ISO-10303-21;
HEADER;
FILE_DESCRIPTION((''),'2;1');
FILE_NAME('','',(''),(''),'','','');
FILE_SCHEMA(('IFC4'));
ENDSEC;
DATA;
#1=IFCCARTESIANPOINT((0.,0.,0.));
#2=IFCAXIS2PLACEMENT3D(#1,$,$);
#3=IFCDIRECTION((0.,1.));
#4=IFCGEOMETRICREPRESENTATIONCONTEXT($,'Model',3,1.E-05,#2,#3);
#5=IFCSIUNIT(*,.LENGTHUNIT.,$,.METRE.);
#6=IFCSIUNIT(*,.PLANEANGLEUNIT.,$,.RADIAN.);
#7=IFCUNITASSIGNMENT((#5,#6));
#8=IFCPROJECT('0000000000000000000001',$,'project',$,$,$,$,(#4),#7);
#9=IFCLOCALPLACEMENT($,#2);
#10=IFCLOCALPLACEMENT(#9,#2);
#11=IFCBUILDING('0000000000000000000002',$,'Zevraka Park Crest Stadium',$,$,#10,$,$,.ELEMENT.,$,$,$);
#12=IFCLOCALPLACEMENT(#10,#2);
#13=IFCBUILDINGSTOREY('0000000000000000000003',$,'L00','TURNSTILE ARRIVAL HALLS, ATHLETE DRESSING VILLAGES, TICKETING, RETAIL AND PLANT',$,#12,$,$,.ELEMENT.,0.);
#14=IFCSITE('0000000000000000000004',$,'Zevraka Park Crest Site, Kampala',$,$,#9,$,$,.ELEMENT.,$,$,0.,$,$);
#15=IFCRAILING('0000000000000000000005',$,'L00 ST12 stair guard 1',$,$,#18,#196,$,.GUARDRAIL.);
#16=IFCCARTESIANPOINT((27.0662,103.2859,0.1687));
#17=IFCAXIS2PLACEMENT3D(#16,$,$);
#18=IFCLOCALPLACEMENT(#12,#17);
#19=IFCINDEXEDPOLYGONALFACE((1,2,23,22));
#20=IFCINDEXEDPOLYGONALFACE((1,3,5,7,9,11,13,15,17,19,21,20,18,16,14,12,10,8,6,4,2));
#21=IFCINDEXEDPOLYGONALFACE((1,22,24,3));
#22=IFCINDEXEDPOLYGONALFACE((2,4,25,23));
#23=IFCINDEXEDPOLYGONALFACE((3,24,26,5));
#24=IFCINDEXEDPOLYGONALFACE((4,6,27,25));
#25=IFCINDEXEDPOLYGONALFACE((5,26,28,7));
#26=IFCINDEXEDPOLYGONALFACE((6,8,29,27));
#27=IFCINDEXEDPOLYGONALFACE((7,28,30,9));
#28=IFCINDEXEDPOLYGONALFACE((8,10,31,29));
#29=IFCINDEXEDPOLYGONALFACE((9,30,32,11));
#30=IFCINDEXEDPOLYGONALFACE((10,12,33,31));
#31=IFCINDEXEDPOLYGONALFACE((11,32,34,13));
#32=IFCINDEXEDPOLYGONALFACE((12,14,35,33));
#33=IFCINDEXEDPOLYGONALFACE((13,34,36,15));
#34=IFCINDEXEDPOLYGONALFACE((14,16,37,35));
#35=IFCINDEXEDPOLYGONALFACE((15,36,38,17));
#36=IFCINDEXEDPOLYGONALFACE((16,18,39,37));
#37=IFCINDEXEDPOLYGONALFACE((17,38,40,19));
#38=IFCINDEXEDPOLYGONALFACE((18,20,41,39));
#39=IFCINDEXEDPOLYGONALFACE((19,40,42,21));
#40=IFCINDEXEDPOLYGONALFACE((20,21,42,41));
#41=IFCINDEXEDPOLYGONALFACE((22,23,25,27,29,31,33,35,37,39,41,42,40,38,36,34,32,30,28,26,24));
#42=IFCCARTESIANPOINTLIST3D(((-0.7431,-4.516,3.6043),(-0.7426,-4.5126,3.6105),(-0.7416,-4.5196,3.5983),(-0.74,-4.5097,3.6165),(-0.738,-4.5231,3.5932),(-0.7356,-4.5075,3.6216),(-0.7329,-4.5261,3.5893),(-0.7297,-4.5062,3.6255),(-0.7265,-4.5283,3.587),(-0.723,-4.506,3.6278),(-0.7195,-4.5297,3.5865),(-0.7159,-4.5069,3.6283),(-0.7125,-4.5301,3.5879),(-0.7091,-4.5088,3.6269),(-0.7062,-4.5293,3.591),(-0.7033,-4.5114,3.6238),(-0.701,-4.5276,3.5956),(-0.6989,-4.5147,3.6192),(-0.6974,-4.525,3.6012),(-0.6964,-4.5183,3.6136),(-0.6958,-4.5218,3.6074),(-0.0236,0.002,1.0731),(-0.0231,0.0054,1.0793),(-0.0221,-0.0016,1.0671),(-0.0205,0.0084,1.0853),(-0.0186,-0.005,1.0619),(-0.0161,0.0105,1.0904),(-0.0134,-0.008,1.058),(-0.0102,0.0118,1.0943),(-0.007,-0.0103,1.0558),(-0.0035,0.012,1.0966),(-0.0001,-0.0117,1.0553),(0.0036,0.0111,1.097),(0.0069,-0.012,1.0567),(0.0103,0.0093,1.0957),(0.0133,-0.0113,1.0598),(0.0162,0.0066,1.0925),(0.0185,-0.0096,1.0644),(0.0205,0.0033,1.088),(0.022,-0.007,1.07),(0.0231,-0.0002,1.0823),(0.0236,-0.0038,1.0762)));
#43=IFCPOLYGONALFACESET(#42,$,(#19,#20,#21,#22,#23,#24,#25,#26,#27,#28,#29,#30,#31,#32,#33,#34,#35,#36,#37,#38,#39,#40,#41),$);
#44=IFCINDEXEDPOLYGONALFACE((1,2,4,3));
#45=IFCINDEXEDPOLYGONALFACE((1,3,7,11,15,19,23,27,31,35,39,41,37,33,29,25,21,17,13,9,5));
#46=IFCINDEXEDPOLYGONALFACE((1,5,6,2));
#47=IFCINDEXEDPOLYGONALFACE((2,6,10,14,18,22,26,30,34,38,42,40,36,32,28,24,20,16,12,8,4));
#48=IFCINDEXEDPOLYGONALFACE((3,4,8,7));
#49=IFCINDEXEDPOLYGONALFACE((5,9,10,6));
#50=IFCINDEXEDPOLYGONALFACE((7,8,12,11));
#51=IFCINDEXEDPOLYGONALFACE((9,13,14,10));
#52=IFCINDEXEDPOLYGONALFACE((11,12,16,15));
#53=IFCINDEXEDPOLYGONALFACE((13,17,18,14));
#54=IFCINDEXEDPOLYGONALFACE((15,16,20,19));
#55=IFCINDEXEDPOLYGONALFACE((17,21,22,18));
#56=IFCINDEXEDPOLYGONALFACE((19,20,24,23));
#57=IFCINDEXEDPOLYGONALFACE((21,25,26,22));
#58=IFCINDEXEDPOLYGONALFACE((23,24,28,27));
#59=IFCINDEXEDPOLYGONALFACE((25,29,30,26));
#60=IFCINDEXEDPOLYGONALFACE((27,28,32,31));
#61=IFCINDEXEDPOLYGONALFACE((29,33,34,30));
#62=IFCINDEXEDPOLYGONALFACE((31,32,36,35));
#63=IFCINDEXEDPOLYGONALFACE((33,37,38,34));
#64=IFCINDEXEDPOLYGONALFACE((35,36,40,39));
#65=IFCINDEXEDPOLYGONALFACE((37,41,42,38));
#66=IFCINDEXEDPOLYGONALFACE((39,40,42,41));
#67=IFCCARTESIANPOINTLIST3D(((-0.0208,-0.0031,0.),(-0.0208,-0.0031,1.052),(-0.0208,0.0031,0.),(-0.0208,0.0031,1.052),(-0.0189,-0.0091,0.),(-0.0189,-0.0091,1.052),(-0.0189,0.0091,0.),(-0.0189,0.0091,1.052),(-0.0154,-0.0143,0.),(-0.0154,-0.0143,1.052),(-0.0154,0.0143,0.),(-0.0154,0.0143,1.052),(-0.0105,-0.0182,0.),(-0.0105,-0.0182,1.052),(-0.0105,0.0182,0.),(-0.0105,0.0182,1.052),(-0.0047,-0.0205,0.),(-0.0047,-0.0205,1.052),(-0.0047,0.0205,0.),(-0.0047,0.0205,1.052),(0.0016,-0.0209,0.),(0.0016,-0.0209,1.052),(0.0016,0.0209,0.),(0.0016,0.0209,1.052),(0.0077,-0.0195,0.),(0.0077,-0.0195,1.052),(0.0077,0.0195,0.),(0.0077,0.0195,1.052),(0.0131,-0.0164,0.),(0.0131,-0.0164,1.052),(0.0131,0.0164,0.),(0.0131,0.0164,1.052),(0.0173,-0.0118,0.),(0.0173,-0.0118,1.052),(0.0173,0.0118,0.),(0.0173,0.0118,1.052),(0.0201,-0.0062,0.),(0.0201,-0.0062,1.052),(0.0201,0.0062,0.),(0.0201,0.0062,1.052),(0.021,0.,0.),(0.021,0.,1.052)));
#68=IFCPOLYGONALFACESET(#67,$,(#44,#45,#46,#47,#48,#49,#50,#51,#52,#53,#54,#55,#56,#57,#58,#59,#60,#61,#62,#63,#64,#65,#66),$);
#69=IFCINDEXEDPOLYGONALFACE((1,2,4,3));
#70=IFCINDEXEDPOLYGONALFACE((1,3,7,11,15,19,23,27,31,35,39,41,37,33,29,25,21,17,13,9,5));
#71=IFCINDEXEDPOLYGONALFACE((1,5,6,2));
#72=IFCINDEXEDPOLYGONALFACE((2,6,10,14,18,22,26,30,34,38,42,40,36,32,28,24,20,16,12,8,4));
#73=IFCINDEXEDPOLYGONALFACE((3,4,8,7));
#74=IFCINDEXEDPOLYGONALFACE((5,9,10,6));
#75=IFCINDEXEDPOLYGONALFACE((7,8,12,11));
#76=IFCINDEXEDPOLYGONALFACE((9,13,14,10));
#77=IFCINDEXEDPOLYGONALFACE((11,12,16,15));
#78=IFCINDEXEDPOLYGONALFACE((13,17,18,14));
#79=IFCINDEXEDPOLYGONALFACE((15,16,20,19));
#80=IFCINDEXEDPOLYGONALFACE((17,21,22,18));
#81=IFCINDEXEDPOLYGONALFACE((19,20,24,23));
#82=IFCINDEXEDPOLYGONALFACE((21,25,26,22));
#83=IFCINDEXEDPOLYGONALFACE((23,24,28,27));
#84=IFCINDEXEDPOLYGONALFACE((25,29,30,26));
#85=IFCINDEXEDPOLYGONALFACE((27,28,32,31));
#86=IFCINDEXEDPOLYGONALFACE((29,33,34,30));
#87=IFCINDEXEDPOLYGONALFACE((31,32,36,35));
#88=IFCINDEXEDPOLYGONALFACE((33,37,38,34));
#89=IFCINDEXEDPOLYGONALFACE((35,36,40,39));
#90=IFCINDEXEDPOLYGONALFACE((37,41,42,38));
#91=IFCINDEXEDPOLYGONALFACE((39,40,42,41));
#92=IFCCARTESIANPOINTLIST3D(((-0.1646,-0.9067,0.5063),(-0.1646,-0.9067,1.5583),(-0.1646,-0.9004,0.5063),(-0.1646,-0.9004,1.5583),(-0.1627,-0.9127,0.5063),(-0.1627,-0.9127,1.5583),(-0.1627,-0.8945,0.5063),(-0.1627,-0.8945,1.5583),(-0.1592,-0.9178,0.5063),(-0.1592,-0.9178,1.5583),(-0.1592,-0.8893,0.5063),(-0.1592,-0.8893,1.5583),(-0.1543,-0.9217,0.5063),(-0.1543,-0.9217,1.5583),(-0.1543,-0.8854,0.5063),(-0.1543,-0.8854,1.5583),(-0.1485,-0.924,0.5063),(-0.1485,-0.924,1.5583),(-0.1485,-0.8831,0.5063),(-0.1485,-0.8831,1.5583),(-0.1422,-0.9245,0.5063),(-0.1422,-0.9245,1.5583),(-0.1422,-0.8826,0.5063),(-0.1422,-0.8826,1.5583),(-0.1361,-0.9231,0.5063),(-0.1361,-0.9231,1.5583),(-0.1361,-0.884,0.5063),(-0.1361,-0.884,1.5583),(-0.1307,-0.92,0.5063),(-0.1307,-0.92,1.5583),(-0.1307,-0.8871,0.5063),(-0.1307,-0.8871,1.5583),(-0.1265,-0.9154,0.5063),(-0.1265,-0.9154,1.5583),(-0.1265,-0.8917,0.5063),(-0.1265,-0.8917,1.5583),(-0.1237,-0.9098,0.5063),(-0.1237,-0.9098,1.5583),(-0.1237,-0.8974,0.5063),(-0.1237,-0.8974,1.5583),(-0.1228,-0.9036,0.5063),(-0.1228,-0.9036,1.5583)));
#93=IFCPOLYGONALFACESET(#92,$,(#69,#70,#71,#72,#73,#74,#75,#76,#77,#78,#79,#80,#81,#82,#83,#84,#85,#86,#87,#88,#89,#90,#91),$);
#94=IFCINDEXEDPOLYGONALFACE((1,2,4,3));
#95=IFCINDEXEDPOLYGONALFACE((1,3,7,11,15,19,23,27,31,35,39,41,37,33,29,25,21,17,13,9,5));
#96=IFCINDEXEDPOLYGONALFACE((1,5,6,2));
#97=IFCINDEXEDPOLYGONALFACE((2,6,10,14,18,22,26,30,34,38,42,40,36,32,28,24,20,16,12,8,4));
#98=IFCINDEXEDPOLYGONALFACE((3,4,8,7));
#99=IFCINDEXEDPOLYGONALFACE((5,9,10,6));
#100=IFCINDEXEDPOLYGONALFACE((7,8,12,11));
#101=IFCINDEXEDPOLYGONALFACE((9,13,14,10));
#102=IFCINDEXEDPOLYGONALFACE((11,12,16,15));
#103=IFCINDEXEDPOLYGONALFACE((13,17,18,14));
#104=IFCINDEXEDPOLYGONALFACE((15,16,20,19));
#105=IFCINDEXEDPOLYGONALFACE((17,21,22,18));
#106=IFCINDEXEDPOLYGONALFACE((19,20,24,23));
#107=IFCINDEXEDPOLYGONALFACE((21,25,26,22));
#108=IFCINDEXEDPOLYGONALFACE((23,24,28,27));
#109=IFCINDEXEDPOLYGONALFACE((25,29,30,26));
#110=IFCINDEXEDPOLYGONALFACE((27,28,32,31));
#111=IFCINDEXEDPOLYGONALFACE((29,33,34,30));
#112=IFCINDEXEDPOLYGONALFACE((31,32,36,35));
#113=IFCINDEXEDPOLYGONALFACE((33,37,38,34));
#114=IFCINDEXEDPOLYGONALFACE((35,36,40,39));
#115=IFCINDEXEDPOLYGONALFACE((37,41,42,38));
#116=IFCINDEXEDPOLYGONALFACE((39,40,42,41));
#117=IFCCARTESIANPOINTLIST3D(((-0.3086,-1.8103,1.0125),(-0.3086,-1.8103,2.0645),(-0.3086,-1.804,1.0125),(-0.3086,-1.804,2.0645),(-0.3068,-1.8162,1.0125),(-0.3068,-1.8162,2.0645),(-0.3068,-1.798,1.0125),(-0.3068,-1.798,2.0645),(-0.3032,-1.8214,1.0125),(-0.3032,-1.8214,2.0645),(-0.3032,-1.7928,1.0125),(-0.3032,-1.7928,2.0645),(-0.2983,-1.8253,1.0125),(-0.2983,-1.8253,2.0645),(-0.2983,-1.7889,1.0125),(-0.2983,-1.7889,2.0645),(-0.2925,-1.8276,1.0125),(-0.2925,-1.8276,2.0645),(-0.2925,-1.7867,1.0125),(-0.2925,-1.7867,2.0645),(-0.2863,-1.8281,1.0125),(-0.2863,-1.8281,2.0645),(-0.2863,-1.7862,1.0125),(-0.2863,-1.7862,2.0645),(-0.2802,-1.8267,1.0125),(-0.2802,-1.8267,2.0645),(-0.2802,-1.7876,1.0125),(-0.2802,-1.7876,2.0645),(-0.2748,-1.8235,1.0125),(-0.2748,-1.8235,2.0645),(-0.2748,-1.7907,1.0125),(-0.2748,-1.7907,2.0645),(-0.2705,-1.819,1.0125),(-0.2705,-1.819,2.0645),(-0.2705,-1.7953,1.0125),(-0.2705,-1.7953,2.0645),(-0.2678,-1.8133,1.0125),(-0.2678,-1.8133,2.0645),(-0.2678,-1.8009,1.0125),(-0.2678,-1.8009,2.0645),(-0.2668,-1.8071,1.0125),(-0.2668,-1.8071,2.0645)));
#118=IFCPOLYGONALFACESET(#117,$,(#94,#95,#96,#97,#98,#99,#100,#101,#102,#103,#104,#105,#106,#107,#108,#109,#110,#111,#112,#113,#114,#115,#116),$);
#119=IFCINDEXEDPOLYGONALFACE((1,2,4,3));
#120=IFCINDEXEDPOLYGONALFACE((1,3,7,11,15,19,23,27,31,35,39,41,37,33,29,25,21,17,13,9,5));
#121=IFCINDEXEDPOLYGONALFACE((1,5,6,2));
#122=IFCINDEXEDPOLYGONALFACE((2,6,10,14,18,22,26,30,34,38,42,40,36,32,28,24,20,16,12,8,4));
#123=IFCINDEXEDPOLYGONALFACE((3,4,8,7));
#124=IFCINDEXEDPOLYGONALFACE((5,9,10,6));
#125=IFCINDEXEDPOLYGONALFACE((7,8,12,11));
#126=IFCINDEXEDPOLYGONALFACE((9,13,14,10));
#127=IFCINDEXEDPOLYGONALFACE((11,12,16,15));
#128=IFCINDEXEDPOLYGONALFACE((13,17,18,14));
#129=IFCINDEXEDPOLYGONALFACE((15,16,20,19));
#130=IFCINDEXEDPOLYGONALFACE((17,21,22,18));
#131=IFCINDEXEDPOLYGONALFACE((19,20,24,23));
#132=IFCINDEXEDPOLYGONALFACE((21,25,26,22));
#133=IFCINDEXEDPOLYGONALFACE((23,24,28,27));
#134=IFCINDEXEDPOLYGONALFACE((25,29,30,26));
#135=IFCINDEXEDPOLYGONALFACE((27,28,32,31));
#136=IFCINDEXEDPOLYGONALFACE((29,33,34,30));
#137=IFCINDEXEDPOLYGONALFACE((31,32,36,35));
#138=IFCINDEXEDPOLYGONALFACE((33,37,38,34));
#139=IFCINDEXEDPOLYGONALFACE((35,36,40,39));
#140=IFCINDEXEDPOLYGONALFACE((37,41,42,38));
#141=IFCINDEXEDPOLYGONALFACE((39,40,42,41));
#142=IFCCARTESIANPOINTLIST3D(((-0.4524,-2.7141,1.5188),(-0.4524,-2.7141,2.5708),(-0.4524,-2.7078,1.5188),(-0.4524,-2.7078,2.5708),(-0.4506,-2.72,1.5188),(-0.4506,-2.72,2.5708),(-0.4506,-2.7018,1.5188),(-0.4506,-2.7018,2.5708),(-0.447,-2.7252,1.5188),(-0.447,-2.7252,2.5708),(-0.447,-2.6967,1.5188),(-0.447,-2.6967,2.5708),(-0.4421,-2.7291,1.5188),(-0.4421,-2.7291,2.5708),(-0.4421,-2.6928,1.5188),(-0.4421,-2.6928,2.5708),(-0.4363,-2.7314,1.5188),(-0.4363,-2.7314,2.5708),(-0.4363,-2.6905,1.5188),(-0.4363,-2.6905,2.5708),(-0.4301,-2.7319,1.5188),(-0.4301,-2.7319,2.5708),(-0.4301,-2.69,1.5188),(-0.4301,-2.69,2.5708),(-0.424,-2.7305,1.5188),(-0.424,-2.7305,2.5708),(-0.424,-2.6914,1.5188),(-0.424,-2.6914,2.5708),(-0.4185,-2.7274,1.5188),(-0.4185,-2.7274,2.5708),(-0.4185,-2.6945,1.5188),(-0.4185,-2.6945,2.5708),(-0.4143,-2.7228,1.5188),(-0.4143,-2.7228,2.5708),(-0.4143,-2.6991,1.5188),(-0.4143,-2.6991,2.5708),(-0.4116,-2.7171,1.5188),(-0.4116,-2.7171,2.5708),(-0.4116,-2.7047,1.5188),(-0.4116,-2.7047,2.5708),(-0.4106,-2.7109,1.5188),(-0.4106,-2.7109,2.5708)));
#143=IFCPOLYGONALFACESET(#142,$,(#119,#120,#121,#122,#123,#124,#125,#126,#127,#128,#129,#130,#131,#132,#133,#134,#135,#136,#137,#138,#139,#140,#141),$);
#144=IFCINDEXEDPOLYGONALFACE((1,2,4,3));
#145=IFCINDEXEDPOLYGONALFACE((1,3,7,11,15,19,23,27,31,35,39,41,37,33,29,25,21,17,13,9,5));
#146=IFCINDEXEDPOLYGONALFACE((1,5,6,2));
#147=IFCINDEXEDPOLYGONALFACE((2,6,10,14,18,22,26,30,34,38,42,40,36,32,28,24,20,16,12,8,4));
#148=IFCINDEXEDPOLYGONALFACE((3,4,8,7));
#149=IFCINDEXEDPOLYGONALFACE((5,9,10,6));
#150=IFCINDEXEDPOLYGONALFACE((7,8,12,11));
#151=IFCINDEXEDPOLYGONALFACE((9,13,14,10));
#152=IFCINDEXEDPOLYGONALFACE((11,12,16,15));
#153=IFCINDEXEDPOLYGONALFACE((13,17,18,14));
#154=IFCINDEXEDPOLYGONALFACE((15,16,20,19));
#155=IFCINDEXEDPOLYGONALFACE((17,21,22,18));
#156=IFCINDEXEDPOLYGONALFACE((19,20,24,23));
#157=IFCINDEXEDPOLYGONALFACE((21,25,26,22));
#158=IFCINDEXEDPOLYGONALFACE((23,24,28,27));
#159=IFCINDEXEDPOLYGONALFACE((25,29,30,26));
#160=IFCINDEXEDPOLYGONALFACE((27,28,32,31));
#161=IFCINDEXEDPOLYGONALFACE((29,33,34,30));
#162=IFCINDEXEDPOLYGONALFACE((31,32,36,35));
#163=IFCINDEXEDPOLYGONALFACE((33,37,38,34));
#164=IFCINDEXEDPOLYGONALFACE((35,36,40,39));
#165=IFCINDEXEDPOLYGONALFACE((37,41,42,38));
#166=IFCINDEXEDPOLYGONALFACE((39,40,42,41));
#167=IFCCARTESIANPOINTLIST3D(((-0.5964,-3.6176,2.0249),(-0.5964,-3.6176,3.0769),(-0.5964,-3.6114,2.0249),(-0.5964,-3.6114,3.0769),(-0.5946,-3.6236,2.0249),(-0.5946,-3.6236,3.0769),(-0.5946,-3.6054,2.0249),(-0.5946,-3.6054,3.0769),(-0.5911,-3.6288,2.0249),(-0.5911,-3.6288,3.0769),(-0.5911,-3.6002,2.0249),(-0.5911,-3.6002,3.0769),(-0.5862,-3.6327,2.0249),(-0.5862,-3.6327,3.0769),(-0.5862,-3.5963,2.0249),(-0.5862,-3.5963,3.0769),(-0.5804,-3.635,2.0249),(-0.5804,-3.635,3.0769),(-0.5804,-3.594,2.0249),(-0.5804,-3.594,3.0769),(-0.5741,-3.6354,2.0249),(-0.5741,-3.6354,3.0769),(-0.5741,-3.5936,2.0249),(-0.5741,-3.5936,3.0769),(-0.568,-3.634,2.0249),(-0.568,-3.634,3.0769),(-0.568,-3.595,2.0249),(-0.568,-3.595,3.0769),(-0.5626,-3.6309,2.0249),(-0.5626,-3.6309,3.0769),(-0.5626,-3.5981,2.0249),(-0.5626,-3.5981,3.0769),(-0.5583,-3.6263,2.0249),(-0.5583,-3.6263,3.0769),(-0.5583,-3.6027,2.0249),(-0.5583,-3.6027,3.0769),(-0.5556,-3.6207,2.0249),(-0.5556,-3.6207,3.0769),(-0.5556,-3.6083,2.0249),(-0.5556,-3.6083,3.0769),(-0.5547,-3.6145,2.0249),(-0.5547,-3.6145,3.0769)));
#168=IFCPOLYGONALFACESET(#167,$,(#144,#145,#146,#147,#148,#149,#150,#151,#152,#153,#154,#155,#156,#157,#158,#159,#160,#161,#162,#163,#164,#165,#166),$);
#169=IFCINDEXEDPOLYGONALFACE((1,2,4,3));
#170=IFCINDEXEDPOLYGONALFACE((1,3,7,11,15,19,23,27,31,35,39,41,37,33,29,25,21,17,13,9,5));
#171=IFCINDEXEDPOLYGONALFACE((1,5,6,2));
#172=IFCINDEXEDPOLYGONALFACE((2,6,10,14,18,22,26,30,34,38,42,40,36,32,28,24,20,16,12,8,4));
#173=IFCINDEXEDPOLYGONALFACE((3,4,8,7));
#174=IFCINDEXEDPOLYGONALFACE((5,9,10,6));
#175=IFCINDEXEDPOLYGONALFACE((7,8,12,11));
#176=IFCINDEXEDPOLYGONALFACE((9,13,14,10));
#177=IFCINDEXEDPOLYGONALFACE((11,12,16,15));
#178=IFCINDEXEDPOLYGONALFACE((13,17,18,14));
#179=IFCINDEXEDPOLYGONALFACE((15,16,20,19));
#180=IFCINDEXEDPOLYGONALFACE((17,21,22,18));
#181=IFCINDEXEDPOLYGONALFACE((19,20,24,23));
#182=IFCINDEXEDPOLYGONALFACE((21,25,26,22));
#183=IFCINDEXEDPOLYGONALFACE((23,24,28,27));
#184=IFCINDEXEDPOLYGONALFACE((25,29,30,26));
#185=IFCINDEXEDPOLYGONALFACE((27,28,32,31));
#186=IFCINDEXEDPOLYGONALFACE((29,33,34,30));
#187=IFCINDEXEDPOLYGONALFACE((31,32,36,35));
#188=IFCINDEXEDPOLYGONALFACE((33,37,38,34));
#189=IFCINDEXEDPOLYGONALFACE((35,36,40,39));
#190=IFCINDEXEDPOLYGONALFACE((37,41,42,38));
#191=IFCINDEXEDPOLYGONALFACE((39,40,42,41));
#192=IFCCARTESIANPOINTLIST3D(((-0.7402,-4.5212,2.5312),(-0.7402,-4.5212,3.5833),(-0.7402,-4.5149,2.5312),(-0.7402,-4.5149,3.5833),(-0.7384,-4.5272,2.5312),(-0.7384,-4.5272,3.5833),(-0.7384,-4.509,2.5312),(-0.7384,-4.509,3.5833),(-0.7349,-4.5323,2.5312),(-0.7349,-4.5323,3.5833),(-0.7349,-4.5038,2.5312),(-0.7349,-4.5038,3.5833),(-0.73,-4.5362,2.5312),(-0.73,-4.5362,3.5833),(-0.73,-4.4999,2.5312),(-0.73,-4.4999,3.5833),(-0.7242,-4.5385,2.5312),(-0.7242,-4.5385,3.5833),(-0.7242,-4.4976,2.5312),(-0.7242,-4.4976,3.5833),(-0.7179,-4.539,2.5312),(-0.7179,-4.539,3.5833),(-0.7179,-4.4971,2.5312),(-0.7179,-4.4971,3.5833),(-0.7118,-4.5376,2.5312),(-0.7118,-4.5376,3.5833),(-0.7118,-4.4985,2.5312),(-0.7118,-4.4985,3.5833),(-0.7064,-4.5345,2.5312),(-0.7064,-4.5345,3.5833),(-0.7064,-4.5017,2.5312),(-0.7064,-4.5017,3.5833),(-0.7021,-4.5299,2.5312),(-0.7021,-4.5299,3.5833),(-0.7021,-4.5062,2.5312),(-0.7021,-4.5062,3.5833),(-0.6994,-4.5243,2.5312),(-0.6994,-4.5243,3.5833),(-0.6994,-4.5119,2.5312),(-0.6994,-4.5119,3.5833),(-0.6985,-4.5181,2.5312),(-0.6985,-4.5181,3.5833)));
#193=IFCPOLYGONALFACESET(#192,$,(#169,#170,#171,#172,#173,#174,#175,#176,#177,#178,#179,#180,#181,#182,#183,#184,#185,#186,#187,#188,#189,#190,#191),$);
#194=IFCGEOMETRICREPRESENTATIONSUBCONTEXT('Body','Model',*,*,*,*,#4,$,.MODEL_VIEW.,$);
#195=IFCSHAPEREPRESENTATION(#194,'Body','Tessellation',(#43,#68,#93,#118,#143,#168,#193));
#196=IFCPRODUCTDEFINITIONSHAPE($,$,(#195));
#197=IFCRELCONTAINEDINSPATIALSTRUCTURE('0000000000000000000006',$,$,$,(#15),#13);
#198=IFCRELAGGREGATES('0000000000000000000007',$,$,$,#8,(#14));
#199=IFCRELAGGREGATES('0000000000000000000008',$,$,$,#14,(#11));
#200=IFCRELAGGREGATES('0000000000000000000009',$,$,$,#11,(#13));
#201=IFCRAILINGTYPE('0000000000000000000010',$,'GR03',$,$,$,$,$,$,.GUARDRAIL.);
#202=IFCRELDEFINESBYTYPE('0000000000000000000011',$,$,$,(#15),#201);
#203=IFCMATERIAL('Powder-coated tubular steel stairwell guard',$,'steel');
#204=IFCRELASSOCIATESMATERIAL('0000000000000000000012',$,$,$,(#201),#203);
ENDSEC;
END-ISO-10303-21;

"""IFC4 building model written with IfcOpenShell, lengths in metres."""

from ifc_helpers import new_model, si_unit, direction, frame, origin, origin_2d, place, context, subcontext, project, spatial, circle, extrude, material, type_object, element, save


model = new_model("IFC4")

# Units and contexts
model_context = context("Model", 3, precision=1e-05, world=origin(), true_north=direction((0.0, 1.0)))
body_context = subcontext(model_context, "Body", "Model", "MODEL_VIEW")
ifc_project = project(units=[si_unit("LENGTHUNIT", "METRE"), si_unit("PLANEANGLEUNIT", "RADIAN")], contexts=[model_context])

# Site, building, storey
site_placement = place(None, origin())
site = spatial("IfcSite", under=ifc_project, at=site_placement, Name="Zevraka Park Crest Site, Kampala", CompositionType="ELEMENT", RefElevation=0.0)
building_placement = place(site_placement, origin())
building = spatial("IfcBuilding", under=site, at=building_placement, Name="Zevraka Park Crest Stadium", CompositionType="ELEMENT")
storey_placement = place(building_placement, origin())
storey = spatial("IfcBuildingStorey", under=building, at=storey_placement, Name="L00", Description="TURNSTILE ARRIVAL HALLS, ATHLETE DRESSING VILLAGES, TICKETING, RETAIL AND PLANT", CompositionType="ELEMENT", Elevation=0.0)

# Railing
ifc_material_1 = material(Name="Powder-coated tubular steel stairwell guard", Category="steel")
railing_type_1 = type_object("IfcRailingType", Name="GR03", PredefinedType="GUARDRAIL", material=ifc_material_1)
railing_1_placement = place(storey_placement, frame((27.0662, 103.2859, 0.1687)))
element("IfcRailing", 1, at=railing_1_placement, inside=storey, type_object=railing_type_1, Name="L00 ST12 stair guard 1", PredefinedType="GUARDRAIL", context=body_context, shape_type="SweptSolid", body=[
    extrude(circle(Radius=0.0239, at=origin_2d()), frame((0.0, 0.0, 1.0762), z_axis=(-0.137606, -0.864113, 0.48412), x_axis=(0.987557, -0.157264, 0.0)), (0.0, 0.0, 1.0), 5.2285),
    extrude(circle(Radius=0.021, at=origin_2d()), origin(), (0.0, 0.0, 1.0), 1.052),
    extrude(circle(Radius=0.021, at=origin_2d()), frame((-0.1438, -0.9036, 0.5063)), (0.0, 0.0, 1.0), 1.052),
    extrude(circle(Radius=0.021, at=origin_2d()), frame((-0.2878, -1.8071, 1.0125)), (0.0, 0.0, 1.0), 1.052),
    extrude(circle(Radius=0.021, at=origin_2d()), frame((-0.4316, -2.7109, 1.5188)), (0.0, 0.0, 1.0), 1.052),
    extrude(circle(Radius=0.021, at=origin_2d()), frame((-0.5757, -3.6145, 2.0249)), (0.0, 0.0, 1.0), 1.052),
    extrude(circle(Radius=0.021, at=origin_2d()), frame((-0.7195, -4.5181, 2.5312)), (0.0, 0.0, 1.0), 1.052),
])

save(model, "model.ifc")
